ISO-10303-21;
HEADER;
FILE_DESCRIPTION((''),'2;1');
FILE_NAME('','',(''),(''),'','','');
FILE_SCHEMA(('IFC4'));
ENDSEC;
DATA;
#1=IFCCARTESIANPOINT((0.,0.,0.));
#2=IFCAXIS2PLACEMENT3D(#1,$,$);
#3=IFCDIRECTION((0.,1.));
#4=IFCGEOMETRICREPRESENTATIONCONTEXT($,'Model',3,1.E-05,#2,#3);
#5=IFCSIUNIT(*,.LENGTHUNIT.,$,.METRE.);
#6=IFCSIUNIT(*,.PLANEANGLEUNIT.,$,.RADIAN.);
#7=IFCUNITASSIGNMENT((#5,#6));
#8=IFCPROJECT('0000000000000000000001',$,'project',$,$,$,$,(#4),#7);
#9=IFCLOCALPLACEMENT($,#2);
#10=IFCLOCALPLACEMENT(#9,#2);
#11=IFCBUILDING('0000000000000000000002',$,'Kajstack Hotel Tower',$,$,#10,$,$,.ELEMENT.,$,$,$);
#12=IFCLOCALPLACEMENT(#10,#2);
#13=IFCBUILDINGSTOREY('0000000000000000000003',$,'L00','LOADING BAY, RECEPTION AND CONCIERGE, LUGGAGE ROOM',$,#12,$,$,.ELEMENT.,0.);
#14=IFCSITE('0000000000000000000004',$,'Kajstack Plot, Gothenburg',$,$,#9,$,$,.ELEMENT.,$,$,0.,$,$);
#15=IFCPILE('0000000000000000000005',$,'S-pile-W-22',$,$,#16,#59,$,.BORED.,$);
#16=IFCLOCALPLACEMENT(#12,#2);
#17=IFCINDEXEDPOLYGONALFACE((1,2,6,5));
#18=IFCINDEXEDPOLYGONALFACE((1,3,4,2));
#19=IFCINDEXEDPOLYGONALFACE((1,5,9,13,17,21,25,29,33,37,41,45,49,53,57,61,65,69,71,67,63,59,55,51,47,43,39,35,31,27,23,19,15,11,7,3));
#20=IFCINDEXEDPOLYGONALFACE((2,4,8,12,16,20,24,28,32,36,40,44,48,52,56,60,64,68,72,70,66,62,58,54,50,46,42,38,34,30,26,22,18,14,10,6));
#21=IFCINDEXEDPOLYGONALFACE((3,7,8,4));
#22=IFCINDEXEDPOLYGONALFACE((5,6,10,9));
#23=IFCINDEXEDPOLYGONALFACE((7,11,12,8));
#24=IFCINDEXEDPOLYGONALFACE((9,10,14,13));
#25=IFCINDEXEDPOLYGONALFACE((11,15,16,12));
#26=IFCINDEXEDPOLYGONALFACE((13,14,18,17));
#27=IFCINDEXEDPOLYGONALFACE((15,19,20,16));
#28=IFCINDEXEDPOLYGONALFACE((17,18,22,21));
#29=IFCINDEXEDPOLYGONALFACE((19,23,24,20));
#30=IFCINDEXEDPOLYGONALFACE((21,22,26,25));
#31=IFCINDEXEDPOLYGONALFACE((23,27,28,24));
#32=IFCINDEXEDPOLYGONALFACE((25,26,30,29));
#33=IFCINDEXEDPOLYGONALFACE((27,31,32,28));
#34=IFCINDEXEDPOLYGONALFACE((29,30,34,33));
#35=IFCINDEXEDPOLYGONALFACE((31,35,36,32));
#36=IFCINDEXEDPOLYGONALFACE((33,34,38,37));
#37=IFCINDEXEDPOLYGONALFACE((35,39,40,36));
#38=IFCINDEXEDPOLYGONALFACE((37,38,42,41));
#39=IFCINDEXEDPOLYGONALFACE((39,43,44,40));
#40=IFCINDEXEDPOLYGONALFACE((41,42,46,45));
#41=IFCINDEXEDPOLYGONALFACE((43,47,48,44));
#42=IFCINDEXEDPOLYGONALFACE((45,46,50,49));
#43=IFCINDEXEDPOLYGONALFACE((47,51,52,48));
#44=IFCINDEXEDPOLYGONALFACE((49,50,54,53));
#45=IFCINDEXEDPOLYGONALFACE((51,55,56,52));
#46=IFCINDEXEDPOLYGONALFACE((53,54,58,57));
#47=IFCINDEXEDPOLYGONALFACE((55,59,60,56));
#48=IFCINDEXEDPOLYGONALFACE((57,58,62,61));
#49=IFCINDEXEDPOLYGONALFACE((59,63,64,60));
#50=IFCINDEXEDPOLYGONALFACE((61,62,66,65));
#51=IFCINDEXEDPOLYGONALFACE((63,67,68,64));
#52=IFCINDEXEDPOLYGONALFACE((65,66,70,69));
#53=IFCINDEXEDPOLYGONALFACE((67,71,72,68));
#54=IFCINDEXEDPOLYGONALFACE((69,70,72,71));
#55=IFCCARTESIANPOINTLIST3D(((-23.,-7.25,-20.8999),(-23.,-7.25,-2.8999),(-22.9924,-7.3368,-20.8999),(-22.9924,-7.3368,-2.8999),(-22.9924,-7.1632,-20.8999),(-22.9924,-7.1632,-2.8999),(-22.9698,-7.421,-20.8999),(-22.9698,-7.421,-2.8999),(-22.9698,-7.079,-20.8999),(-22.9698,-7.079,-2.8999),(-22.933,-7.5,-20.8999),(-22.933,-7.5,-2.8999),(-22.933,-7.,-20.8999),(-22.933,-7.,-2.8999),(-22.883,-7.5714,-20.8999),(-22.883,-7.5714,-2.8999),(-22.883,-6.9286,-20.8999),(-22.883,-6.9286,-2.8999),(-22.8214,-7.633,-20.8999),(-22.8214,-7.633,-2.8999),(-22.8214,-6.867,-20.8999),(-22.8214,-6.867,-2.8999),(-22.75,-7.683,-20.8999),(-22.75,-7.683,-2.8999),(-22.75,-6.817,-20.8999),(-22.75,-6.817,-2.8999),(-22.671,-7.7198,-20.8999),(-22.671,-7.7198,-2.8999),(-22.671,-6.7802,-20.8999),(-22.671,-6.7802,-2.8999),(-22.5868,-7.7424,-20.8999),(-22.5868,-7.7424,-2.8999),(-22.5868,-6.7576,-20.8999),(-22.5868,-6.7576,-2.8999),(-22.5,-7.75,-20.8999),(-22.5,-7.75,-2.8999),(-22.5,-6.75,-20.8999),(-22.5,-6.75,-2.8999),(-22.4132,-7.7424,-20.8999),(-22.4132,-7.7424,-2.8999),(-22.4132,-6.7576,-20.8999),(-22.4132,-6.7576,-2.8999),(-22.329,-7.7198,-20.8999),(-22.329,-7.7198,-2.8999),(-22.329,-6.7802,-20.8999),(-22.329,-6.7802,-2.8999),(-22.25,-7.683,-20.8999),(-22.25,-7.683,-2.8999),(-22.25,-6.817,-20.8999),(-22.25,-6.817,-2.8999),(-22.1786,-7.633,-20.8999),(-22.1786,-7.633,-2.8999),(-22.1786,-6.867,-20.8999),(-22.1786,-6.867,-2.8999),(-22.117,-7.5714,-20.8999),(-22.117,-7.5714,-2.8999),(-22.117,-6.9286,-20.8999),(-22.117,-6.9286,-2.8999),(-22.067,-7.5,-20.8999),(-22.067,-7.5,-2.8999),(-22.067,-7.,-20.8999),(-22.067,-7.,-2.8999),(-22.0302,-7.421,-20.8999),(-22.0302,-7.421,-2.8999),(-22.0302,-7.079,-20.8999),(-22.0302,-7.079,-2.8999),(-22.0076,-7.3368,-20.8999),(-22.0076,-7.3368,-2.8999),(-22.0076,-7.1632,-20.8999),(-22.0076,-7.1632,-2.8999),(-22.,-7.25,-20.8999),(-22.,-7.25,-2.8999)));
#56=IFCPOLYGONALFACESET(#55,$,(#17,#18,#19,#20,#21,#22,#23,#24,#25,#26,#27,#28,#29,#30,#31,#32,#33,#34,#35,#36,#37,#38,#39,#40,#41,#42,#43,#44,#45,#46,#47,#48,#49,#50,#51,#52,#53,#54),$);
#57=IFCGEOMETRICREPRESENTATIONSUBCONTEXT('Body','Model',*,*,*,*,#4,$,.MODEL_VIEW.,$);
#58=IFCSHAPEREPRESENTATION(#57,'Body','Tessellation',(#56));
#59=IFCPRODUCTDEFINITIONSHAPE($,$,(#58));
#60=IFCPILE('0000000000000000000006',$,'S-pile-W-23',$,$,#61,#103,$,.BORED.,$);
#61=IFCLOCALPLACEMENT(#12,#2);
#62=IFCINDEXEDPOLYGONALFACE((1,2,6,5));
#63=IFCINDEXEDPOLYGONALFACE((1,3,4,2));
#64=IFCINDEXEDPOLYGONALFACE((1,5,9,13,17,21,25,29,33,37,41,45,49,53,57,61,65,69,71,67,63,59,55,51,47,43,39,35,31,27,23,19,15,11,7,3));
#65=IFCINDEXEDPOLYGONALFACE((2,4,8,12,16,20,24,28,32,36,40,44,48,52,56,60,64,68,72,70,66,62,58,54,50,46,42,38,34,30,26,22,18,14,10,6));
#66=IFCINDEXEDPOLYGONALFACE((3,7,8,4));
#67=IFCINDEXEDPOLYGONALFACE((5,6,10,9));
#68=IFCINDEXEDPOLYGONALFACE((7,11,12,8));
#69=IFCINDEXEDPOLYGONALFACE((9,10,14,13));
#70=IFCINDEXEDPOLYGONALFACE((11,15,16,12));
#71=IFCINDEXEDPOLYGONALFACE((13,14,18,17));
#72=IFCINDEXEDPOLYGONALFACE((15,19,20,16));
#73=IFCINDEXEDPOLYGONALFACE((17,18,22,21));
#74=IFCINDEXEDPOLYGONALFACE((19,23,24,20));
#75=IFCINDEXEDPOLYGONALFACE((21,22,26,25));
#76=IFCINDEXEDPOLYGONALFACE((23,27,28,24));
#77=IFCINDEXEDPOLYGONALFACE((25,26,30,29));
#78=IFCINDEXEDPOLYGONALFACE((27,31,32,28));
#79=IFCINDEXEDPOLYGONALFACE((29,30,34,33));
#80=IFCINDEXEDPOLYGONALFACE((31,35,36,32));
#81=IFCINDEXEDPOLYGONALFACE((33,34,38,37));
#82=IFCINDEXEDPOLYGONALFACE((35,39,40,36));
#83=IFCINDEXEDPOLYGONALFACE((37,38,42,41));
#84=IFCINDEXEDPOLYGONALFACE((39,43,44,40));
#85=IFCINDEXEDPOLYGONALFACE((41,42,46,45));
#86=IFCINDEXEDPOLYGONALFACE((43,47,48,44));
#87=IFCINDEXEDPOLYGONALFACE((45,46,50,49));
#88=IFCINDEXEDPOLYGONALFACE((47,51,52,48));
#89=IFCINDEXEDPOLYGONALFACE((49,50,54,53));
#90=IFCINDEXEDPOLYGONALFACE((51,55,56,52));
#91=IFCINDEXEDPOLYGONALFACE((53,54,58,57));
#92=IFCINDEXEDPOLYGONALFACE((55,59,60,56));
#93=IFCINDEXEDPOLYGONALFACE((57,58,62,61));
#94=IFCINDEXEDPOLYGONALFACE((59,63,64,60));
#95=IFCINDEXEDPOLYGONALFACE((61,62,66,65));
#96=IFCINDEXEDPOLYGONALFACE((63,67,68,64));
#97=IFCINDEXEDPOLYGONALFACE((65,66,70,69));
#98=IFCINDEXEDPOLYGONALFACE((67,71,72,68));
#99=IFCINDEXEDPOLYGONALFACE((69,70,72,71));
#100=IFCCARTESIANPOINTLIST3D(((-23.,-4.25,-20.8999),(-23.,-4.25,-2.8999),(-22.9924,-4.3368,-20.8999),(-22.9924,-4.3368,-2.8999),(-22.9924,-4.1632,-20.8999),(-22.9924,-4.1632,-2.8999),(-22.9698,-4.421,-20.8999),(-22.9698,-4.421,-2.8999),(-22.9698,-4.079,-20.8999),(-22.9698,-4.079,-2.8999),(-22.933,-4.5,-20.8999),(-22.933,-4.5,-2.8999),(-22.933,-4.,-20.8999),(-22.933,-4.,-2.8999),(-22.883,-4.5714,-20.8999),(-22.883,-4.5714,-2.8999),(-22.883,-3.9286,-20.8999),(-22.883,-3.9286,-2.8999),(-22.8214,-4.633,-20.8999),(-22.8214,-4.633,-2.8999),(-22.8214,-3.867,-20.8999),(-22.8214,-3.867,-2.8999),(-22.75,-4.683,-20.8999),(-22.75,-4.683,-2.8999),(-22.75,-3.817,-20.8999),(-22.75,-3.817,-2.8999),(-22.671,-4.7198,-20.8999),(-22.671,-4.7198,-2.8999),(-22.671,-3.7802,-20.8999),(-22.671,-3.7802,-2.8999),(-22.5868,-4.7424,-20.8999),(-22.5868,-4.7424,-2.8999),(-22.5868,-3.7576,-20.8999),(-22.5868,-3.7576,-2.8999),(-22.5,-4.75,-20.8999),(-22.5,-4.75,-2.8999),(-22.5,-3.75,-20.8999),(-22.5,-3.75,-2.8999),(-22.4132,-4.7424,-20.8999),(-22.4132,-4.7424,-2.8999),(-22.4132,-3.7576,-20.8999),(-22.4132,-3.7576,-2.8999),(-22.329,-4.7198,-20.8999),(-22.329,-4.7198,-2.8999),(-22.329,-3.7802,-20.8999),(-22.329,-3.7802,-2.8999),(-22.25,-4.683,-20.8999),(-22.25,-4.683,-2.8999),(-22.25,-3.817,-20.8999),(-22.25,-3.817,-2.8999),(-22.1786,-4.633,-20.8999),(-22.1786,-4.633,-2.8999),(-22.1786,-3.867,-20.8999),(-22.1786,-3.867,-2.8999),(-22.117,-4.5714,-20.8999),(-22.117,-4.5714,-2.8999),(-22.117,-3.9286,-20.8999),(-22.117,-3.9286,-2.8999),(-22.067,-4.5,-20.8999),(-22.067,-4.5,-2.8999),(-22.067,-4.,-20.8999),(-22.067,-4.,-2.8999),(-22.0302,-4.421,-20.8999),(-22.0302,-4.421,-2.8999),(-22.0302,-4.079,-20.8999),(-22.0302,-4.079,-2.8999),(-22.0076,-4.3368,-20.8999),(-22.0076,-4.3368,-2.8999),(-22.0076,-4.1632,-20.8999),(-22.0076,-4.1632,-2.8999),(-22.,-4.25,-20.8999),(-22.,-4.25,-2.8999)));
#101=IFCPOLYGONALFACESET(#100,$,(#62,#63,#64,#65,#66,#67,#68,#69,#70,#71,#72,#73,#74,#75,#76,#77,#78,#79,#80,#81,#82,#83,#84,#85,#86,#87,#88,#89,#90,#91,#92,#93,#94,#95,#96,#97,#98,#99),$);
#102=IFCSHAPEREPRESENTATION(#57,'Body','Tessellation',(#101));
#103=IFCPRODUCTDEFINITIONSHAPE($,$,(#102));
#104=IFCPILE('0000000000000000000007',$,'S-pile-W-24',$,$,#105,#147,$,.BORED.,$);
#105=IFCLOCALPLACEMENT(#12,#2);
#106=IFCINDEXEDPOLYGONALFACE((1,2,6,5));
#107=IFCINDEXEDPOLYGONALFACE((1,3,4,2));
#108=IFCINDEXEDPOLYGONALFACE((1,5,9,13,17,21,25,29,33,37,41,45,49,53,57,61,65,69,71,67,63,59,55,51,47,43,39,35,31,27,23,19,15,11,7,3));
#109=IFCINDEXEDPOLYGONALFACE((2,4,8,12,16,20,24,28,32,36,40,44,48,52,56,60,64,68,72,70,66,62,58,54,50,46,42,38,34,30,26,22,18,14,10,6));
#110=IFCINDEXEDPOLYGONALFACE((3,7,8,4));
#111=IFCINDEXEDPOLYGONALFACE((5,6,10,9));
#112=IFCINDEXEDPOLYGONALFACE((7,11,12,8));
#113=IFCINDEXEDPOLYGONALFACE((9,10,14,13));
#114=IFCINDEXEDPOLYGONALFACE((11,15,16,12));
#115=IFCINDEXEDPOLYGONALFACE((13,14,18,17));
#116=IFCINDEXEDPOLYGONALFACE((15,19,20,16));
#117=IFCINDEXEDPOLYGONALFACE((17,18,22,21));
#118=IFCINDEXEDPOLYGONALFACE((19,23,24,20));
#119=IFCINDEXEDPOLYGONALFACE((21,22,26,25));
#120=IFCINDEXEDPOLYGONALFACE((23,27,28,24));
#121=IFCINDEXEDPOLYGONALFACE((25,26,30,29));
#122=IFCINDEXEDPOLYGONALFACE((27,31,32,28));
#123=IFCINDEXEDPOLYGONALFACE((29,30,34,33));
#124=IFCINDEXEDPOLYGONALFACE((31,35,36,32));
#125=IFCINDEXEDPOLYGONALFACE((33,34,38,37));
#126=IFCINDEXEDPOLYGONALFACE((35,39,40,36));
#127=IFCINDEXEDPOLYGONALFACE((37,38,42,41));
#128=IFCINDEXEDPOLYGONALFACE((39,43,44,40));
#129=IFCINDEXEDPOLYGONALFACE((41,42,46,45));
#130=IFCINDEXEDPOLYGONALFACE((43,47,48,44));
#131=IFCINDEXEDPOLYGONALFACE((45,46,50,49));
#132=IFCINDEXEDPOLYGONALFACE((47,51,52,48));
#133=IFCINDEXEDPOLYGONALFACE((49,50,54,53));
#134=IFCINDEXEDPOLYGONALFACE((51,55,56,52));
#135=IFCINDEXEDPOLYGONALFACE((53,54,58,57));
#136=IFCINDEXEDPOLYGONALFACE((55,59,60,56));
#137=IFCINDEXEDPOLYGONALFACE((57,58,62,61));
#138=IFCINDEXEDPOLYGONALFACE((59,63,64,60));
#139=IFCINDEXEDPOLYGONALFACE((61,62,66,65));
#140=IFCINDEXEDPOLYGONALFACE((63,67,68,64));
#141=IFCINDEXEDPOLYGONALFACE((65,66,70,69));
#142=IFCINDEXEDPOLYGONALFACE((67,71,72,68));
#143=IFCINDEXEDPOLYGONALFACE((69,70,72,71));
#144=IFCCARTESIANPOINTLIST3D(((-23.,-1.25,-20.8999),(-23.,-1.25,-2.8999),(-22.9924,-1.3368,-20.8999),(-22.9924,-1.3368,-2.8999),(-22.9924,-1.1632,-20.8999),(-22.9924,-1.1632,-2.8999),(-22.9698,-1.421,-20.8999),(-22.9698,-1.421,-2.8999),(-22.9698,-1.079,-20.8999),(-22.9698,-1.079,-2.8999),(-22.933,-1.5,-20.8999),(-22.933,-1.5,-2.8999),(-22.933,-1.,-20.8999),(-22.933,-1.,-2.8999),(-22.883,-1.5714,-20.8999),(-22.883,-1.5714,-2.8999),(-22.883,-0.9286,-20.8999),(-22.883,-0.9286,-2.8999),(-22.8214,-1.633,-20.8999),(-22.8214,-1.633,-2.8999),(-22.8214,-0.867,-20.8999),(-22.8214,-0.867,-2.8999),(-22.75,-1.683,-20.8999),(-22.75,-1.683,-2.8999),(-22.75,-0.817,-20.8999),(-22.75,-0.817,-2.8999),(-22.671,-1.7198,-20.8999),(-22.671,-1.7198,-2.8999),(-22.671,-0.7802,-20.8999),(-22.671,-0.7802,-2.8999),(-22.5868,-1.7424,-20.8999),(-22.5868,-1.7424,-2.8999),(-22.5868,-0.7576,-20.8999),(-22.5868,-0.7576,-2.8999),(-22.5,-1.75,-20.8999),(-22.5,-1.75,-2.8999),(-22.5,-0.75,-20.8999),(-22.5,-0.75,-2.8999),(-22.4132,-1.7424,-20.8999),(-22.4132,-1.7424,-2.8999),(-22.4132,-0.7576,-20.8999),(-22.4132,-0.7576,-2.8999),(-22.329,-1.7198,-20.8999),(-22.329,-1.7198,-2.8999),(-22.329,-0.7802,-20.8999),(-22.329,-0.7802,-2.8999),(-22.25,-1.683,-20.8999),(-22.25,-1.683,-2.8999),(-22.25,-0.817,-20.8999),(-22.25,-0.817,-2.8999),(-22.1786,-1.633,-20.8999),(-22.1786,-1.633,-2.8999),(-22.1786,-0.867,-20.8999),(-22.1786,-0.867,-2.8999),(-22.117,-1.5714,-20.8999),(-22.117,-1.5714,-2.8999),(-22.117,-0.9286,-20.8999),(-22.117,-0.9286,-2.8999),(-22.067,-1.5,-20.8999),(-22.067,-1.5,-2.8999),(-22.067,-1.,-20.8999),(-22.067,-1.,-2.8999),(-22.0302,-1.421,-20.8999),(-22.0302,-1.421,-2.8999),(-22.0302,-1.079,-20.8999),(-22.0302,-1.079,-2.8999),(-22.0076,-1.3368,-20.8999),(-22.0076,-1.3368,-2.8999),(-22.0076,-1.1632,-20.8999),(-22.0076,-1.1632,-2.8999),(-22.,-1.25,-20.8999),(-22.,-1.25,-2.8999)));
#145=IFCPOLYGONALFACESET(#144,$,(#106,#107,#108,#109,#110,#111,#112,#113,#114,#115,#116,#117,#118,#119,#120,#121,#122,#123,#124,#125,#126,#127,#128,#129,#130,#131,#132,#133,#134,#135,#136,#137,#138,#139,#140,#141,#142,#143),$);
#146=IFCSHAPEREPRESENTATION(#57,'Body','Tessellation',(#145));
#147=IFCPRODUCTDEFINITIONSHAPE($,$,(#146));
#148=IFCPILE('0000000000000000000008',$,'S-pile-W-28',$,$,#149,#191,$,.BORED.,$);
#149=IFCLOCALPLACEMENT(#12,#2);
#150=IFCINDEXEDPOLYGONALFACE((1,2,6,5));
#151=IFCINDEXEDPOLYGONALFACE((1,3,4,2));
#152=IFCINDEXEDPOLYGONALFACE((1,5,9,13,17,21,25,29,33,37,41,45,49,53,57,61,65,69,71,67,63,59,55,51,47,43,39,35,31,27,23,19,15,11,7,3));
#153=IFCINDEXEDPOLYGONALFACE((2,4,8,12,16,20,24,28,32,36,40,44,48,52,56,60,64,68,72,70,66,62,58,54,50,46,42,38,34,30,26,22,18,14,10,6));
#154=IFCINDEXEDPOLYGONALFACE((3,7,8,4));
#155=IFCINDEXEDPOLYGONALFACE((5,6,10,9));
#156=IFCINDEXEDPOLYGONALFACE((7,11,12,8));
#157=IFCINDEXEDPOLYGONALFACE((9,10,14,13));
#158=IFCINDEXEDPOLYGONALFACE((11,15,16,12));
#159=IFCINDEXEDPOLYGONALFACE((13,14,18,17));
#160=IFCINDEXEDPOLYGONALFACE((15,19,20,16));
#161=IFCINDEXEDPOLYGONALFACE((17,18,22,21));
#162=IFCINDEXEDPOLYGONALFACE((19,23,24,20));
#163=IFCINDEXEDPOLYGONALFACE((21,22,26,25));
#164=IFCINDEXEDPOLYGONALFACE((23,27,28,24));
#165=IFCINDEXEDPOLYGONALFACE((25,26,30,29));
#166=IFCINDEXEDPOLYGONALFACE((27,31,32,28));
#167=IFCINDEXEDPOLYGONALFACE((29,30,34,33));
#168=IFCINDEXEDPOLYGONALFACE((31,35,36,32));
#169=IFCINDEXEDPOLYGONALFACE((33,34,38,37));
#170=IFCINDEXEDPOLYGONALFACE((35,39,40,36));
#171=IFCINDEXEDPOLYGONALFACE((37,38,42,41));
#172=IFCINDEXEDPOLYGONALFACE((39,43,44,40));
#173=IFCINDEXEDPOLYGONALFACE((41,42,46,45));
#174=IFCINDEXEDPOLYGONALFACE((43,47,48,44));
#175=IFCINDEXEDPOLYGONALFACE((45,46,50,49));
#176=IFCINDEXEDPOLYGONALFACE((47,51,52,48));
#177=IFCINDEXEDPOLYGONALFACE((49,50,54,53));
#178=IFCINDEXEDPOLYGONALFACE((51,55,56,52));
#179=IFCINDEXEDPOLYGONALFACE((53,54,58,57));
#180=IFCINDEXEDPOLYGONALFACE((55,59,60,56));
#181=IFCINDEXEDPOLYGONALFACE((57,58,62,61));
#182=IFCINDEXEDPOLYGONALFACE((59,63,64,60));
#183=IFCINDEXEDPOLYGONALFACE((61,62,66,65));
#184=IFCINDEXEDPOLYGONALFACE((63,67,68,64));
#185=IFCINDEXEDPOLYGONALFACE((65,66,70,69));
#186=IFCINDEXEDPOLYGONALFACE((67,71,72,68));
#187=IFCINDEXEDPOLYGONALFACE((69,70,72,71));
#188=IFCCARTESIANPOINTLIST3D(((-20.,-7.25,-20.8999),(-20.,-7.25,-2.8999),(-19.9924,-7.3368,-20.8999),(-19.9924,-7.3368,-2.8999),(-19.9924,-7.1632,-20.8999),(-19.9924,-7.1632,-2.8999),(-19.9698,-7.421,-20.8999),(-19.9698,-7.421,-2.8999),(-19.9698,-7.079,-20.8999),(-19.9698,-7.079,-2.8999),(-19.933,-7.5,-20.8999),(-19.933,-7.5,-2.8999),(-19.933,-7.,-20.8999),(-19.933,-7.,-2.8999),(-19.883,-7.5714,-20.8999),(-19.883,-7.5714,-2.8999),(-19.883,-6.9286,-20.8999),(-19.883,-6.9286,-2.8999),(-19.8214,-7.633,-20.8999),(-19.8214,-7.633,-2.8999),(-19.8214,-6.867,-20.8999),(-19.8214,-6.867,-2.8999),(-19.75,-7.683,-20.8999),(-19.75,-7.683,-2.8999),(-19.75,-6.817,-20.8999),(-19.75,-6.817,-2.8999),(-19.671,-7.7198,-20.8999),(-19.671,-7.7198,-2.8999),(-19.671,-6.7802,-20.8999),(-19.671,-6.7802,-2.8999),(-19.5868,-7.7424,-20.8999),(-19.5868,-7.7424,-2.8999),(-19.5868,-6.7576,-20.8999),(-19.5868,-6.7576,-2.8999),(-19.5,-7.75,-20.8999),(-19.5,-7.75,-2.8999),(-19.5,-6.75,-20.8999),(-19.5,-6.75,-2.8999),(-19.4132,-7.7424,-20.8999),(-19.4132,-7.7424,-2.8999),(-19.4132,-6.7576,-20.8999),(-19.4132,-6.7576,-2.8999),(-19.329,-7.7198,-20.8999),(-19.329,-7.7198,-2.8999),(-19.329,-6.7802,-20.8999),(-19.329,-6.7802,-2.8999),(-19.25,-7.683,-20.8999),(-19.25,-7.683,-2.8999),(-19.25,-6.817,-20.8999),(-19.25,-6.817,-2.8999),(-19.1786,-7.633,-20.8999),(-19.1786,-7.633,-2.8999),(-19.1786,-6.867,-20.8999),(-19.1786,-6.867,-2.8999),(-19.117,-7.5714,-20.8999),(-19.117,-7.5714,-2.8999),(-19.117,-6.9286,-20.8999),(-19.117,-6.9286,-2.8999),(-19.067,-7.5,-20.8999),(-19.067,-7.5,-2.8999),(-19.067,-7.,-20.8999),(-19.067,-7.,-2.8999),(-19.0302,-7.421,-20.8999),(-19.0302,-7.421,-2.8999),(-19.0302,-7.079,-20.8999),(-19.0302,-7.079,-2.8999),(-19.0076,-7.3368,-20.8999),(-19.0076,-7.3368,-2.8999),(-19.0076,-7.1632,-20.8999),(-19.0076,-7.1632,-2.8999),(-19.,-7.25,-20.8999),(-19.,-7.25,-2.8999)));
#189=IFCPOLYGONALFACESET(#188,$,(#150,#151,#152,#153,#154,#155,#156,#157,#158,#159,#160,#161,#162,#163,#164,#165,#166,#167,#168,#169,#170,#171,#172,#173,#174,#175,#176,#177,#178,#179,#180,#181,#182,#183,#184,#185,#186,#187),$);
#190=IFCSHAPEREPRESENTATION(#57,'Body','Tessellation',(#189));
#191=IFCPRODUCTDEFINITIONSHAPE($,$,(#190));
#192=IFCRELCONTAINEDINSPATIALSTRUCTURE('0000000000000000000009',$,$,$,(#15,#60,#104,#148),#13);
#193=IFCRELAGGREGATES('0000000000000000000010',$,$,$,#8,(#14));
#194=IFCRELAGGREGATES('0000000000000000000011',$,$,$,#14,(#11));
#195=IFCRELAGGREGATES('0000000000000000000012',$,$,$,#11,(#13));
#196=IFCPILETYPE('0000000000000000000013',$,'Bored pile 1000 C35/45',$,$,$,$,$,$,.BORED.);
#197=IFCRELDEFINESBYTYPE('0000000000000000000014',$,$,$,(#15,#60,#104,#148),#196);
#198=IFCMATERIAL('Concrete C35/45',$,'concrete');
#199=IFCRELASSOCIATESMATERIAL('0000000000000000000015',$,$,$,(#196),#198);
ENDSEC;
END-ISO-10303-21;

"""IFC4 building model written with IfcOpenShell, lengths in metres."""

from ifc_helpers import new_model, si_unit, direction, frame, origin, origin_2d, place, context, subcontext, project, spatial, circle, extrude, material, material_profile, profile_set, type_object, element, save


model = new_model("IFC4")

# Units and contexts
model_context = context("Model", 3, precision=1e-05, world=origin(), true_north=direction((0.0, 1.0)))
body_context = subcontext(model_context, "Body", "Model", "MODEL_VIEW")
ifc_project = project(units=[si_unit("LENGTHUNIT", "METRE"), si_unit("PLANEANGLEUNIT", "RADIAN")], contexts=[model_context])

# Site, building, storey
site_placement = place(None, origin())
site = spatial("IfcSite", under=ifc_project, at=site_placement, Name="Kajstack Plot, Gothenburg", CompositionType="ELEMENT", RefElevation=0.0)
building_placement = place(site_placement, origin())
building = spatial("IfcBuilding", under=site, at=building_placement, Name="Kajstack Hotel Tower", CompositionType="ELEMENT")
storey_placement = place(building_placement, origin())
storey = spatial("IfcBuildingStorey", under=building, at=storey_placement, Name="L00", Description="LOADING BAY, RECEPTION AND CONCIERGE, LUGGAGE ROOM", CompositionType="ELEMENT", Elevation=0.0)

# Piles
ifc_material_1 = material(Name="Concrete C35/45", Category="concrete")
ifc_material_profile = material_profile(ifc_material_1, circle(Radius=0.5, at=origin_2d()), Name="RC round 1000")
ifc_profile_set = profile_set([ifc_material_profile], Name="Concrete C35/45")
pile_type = type_object("IfcPileType", Name="Bored pile 1000 C35/45", PredefinedType="BORED", material=ifc_profile_set)
for number, where, z_axis, x_axis, name in (
    (1, (-22.5, -7.25, -2.8999), (0.0, 0.0, -1.0), (1.0, 0.0, 0.0), "S-pile-W-22"),
    (2, (-22.5, -4.25, -2.8999), (0.0, 0.0, -1.0), (1.0, 0.0, 0.0), "S-pile-W-23"),
    (3, (-22.5, -1.25, -2.8999), (0.0, 0.0, -1.0), (1.0, 0.0, 0.0), "S-pile-W-24"),
    (4, (-19.5, -7.25, -2.8999), (0.0, 0.0, -1.0), (1.0, 0.0, 0.0), "S-pile-W-28"),
):
    element("IfcPile", number, at=place(storey_placement, frame(where, z_axis=z_axis, x_axis=x_axis)), inside=storey, type_object=pile_type, Name=name, PredefinedType="BORED", context=body_context, shape_type="SweptSolid", body=[
        extrude(circle(Radius=0.5, at=origin_2d()), origin(), (0.0, 0.0, 1.0), 18.0),
    ])

save(model, "model.ifc")
